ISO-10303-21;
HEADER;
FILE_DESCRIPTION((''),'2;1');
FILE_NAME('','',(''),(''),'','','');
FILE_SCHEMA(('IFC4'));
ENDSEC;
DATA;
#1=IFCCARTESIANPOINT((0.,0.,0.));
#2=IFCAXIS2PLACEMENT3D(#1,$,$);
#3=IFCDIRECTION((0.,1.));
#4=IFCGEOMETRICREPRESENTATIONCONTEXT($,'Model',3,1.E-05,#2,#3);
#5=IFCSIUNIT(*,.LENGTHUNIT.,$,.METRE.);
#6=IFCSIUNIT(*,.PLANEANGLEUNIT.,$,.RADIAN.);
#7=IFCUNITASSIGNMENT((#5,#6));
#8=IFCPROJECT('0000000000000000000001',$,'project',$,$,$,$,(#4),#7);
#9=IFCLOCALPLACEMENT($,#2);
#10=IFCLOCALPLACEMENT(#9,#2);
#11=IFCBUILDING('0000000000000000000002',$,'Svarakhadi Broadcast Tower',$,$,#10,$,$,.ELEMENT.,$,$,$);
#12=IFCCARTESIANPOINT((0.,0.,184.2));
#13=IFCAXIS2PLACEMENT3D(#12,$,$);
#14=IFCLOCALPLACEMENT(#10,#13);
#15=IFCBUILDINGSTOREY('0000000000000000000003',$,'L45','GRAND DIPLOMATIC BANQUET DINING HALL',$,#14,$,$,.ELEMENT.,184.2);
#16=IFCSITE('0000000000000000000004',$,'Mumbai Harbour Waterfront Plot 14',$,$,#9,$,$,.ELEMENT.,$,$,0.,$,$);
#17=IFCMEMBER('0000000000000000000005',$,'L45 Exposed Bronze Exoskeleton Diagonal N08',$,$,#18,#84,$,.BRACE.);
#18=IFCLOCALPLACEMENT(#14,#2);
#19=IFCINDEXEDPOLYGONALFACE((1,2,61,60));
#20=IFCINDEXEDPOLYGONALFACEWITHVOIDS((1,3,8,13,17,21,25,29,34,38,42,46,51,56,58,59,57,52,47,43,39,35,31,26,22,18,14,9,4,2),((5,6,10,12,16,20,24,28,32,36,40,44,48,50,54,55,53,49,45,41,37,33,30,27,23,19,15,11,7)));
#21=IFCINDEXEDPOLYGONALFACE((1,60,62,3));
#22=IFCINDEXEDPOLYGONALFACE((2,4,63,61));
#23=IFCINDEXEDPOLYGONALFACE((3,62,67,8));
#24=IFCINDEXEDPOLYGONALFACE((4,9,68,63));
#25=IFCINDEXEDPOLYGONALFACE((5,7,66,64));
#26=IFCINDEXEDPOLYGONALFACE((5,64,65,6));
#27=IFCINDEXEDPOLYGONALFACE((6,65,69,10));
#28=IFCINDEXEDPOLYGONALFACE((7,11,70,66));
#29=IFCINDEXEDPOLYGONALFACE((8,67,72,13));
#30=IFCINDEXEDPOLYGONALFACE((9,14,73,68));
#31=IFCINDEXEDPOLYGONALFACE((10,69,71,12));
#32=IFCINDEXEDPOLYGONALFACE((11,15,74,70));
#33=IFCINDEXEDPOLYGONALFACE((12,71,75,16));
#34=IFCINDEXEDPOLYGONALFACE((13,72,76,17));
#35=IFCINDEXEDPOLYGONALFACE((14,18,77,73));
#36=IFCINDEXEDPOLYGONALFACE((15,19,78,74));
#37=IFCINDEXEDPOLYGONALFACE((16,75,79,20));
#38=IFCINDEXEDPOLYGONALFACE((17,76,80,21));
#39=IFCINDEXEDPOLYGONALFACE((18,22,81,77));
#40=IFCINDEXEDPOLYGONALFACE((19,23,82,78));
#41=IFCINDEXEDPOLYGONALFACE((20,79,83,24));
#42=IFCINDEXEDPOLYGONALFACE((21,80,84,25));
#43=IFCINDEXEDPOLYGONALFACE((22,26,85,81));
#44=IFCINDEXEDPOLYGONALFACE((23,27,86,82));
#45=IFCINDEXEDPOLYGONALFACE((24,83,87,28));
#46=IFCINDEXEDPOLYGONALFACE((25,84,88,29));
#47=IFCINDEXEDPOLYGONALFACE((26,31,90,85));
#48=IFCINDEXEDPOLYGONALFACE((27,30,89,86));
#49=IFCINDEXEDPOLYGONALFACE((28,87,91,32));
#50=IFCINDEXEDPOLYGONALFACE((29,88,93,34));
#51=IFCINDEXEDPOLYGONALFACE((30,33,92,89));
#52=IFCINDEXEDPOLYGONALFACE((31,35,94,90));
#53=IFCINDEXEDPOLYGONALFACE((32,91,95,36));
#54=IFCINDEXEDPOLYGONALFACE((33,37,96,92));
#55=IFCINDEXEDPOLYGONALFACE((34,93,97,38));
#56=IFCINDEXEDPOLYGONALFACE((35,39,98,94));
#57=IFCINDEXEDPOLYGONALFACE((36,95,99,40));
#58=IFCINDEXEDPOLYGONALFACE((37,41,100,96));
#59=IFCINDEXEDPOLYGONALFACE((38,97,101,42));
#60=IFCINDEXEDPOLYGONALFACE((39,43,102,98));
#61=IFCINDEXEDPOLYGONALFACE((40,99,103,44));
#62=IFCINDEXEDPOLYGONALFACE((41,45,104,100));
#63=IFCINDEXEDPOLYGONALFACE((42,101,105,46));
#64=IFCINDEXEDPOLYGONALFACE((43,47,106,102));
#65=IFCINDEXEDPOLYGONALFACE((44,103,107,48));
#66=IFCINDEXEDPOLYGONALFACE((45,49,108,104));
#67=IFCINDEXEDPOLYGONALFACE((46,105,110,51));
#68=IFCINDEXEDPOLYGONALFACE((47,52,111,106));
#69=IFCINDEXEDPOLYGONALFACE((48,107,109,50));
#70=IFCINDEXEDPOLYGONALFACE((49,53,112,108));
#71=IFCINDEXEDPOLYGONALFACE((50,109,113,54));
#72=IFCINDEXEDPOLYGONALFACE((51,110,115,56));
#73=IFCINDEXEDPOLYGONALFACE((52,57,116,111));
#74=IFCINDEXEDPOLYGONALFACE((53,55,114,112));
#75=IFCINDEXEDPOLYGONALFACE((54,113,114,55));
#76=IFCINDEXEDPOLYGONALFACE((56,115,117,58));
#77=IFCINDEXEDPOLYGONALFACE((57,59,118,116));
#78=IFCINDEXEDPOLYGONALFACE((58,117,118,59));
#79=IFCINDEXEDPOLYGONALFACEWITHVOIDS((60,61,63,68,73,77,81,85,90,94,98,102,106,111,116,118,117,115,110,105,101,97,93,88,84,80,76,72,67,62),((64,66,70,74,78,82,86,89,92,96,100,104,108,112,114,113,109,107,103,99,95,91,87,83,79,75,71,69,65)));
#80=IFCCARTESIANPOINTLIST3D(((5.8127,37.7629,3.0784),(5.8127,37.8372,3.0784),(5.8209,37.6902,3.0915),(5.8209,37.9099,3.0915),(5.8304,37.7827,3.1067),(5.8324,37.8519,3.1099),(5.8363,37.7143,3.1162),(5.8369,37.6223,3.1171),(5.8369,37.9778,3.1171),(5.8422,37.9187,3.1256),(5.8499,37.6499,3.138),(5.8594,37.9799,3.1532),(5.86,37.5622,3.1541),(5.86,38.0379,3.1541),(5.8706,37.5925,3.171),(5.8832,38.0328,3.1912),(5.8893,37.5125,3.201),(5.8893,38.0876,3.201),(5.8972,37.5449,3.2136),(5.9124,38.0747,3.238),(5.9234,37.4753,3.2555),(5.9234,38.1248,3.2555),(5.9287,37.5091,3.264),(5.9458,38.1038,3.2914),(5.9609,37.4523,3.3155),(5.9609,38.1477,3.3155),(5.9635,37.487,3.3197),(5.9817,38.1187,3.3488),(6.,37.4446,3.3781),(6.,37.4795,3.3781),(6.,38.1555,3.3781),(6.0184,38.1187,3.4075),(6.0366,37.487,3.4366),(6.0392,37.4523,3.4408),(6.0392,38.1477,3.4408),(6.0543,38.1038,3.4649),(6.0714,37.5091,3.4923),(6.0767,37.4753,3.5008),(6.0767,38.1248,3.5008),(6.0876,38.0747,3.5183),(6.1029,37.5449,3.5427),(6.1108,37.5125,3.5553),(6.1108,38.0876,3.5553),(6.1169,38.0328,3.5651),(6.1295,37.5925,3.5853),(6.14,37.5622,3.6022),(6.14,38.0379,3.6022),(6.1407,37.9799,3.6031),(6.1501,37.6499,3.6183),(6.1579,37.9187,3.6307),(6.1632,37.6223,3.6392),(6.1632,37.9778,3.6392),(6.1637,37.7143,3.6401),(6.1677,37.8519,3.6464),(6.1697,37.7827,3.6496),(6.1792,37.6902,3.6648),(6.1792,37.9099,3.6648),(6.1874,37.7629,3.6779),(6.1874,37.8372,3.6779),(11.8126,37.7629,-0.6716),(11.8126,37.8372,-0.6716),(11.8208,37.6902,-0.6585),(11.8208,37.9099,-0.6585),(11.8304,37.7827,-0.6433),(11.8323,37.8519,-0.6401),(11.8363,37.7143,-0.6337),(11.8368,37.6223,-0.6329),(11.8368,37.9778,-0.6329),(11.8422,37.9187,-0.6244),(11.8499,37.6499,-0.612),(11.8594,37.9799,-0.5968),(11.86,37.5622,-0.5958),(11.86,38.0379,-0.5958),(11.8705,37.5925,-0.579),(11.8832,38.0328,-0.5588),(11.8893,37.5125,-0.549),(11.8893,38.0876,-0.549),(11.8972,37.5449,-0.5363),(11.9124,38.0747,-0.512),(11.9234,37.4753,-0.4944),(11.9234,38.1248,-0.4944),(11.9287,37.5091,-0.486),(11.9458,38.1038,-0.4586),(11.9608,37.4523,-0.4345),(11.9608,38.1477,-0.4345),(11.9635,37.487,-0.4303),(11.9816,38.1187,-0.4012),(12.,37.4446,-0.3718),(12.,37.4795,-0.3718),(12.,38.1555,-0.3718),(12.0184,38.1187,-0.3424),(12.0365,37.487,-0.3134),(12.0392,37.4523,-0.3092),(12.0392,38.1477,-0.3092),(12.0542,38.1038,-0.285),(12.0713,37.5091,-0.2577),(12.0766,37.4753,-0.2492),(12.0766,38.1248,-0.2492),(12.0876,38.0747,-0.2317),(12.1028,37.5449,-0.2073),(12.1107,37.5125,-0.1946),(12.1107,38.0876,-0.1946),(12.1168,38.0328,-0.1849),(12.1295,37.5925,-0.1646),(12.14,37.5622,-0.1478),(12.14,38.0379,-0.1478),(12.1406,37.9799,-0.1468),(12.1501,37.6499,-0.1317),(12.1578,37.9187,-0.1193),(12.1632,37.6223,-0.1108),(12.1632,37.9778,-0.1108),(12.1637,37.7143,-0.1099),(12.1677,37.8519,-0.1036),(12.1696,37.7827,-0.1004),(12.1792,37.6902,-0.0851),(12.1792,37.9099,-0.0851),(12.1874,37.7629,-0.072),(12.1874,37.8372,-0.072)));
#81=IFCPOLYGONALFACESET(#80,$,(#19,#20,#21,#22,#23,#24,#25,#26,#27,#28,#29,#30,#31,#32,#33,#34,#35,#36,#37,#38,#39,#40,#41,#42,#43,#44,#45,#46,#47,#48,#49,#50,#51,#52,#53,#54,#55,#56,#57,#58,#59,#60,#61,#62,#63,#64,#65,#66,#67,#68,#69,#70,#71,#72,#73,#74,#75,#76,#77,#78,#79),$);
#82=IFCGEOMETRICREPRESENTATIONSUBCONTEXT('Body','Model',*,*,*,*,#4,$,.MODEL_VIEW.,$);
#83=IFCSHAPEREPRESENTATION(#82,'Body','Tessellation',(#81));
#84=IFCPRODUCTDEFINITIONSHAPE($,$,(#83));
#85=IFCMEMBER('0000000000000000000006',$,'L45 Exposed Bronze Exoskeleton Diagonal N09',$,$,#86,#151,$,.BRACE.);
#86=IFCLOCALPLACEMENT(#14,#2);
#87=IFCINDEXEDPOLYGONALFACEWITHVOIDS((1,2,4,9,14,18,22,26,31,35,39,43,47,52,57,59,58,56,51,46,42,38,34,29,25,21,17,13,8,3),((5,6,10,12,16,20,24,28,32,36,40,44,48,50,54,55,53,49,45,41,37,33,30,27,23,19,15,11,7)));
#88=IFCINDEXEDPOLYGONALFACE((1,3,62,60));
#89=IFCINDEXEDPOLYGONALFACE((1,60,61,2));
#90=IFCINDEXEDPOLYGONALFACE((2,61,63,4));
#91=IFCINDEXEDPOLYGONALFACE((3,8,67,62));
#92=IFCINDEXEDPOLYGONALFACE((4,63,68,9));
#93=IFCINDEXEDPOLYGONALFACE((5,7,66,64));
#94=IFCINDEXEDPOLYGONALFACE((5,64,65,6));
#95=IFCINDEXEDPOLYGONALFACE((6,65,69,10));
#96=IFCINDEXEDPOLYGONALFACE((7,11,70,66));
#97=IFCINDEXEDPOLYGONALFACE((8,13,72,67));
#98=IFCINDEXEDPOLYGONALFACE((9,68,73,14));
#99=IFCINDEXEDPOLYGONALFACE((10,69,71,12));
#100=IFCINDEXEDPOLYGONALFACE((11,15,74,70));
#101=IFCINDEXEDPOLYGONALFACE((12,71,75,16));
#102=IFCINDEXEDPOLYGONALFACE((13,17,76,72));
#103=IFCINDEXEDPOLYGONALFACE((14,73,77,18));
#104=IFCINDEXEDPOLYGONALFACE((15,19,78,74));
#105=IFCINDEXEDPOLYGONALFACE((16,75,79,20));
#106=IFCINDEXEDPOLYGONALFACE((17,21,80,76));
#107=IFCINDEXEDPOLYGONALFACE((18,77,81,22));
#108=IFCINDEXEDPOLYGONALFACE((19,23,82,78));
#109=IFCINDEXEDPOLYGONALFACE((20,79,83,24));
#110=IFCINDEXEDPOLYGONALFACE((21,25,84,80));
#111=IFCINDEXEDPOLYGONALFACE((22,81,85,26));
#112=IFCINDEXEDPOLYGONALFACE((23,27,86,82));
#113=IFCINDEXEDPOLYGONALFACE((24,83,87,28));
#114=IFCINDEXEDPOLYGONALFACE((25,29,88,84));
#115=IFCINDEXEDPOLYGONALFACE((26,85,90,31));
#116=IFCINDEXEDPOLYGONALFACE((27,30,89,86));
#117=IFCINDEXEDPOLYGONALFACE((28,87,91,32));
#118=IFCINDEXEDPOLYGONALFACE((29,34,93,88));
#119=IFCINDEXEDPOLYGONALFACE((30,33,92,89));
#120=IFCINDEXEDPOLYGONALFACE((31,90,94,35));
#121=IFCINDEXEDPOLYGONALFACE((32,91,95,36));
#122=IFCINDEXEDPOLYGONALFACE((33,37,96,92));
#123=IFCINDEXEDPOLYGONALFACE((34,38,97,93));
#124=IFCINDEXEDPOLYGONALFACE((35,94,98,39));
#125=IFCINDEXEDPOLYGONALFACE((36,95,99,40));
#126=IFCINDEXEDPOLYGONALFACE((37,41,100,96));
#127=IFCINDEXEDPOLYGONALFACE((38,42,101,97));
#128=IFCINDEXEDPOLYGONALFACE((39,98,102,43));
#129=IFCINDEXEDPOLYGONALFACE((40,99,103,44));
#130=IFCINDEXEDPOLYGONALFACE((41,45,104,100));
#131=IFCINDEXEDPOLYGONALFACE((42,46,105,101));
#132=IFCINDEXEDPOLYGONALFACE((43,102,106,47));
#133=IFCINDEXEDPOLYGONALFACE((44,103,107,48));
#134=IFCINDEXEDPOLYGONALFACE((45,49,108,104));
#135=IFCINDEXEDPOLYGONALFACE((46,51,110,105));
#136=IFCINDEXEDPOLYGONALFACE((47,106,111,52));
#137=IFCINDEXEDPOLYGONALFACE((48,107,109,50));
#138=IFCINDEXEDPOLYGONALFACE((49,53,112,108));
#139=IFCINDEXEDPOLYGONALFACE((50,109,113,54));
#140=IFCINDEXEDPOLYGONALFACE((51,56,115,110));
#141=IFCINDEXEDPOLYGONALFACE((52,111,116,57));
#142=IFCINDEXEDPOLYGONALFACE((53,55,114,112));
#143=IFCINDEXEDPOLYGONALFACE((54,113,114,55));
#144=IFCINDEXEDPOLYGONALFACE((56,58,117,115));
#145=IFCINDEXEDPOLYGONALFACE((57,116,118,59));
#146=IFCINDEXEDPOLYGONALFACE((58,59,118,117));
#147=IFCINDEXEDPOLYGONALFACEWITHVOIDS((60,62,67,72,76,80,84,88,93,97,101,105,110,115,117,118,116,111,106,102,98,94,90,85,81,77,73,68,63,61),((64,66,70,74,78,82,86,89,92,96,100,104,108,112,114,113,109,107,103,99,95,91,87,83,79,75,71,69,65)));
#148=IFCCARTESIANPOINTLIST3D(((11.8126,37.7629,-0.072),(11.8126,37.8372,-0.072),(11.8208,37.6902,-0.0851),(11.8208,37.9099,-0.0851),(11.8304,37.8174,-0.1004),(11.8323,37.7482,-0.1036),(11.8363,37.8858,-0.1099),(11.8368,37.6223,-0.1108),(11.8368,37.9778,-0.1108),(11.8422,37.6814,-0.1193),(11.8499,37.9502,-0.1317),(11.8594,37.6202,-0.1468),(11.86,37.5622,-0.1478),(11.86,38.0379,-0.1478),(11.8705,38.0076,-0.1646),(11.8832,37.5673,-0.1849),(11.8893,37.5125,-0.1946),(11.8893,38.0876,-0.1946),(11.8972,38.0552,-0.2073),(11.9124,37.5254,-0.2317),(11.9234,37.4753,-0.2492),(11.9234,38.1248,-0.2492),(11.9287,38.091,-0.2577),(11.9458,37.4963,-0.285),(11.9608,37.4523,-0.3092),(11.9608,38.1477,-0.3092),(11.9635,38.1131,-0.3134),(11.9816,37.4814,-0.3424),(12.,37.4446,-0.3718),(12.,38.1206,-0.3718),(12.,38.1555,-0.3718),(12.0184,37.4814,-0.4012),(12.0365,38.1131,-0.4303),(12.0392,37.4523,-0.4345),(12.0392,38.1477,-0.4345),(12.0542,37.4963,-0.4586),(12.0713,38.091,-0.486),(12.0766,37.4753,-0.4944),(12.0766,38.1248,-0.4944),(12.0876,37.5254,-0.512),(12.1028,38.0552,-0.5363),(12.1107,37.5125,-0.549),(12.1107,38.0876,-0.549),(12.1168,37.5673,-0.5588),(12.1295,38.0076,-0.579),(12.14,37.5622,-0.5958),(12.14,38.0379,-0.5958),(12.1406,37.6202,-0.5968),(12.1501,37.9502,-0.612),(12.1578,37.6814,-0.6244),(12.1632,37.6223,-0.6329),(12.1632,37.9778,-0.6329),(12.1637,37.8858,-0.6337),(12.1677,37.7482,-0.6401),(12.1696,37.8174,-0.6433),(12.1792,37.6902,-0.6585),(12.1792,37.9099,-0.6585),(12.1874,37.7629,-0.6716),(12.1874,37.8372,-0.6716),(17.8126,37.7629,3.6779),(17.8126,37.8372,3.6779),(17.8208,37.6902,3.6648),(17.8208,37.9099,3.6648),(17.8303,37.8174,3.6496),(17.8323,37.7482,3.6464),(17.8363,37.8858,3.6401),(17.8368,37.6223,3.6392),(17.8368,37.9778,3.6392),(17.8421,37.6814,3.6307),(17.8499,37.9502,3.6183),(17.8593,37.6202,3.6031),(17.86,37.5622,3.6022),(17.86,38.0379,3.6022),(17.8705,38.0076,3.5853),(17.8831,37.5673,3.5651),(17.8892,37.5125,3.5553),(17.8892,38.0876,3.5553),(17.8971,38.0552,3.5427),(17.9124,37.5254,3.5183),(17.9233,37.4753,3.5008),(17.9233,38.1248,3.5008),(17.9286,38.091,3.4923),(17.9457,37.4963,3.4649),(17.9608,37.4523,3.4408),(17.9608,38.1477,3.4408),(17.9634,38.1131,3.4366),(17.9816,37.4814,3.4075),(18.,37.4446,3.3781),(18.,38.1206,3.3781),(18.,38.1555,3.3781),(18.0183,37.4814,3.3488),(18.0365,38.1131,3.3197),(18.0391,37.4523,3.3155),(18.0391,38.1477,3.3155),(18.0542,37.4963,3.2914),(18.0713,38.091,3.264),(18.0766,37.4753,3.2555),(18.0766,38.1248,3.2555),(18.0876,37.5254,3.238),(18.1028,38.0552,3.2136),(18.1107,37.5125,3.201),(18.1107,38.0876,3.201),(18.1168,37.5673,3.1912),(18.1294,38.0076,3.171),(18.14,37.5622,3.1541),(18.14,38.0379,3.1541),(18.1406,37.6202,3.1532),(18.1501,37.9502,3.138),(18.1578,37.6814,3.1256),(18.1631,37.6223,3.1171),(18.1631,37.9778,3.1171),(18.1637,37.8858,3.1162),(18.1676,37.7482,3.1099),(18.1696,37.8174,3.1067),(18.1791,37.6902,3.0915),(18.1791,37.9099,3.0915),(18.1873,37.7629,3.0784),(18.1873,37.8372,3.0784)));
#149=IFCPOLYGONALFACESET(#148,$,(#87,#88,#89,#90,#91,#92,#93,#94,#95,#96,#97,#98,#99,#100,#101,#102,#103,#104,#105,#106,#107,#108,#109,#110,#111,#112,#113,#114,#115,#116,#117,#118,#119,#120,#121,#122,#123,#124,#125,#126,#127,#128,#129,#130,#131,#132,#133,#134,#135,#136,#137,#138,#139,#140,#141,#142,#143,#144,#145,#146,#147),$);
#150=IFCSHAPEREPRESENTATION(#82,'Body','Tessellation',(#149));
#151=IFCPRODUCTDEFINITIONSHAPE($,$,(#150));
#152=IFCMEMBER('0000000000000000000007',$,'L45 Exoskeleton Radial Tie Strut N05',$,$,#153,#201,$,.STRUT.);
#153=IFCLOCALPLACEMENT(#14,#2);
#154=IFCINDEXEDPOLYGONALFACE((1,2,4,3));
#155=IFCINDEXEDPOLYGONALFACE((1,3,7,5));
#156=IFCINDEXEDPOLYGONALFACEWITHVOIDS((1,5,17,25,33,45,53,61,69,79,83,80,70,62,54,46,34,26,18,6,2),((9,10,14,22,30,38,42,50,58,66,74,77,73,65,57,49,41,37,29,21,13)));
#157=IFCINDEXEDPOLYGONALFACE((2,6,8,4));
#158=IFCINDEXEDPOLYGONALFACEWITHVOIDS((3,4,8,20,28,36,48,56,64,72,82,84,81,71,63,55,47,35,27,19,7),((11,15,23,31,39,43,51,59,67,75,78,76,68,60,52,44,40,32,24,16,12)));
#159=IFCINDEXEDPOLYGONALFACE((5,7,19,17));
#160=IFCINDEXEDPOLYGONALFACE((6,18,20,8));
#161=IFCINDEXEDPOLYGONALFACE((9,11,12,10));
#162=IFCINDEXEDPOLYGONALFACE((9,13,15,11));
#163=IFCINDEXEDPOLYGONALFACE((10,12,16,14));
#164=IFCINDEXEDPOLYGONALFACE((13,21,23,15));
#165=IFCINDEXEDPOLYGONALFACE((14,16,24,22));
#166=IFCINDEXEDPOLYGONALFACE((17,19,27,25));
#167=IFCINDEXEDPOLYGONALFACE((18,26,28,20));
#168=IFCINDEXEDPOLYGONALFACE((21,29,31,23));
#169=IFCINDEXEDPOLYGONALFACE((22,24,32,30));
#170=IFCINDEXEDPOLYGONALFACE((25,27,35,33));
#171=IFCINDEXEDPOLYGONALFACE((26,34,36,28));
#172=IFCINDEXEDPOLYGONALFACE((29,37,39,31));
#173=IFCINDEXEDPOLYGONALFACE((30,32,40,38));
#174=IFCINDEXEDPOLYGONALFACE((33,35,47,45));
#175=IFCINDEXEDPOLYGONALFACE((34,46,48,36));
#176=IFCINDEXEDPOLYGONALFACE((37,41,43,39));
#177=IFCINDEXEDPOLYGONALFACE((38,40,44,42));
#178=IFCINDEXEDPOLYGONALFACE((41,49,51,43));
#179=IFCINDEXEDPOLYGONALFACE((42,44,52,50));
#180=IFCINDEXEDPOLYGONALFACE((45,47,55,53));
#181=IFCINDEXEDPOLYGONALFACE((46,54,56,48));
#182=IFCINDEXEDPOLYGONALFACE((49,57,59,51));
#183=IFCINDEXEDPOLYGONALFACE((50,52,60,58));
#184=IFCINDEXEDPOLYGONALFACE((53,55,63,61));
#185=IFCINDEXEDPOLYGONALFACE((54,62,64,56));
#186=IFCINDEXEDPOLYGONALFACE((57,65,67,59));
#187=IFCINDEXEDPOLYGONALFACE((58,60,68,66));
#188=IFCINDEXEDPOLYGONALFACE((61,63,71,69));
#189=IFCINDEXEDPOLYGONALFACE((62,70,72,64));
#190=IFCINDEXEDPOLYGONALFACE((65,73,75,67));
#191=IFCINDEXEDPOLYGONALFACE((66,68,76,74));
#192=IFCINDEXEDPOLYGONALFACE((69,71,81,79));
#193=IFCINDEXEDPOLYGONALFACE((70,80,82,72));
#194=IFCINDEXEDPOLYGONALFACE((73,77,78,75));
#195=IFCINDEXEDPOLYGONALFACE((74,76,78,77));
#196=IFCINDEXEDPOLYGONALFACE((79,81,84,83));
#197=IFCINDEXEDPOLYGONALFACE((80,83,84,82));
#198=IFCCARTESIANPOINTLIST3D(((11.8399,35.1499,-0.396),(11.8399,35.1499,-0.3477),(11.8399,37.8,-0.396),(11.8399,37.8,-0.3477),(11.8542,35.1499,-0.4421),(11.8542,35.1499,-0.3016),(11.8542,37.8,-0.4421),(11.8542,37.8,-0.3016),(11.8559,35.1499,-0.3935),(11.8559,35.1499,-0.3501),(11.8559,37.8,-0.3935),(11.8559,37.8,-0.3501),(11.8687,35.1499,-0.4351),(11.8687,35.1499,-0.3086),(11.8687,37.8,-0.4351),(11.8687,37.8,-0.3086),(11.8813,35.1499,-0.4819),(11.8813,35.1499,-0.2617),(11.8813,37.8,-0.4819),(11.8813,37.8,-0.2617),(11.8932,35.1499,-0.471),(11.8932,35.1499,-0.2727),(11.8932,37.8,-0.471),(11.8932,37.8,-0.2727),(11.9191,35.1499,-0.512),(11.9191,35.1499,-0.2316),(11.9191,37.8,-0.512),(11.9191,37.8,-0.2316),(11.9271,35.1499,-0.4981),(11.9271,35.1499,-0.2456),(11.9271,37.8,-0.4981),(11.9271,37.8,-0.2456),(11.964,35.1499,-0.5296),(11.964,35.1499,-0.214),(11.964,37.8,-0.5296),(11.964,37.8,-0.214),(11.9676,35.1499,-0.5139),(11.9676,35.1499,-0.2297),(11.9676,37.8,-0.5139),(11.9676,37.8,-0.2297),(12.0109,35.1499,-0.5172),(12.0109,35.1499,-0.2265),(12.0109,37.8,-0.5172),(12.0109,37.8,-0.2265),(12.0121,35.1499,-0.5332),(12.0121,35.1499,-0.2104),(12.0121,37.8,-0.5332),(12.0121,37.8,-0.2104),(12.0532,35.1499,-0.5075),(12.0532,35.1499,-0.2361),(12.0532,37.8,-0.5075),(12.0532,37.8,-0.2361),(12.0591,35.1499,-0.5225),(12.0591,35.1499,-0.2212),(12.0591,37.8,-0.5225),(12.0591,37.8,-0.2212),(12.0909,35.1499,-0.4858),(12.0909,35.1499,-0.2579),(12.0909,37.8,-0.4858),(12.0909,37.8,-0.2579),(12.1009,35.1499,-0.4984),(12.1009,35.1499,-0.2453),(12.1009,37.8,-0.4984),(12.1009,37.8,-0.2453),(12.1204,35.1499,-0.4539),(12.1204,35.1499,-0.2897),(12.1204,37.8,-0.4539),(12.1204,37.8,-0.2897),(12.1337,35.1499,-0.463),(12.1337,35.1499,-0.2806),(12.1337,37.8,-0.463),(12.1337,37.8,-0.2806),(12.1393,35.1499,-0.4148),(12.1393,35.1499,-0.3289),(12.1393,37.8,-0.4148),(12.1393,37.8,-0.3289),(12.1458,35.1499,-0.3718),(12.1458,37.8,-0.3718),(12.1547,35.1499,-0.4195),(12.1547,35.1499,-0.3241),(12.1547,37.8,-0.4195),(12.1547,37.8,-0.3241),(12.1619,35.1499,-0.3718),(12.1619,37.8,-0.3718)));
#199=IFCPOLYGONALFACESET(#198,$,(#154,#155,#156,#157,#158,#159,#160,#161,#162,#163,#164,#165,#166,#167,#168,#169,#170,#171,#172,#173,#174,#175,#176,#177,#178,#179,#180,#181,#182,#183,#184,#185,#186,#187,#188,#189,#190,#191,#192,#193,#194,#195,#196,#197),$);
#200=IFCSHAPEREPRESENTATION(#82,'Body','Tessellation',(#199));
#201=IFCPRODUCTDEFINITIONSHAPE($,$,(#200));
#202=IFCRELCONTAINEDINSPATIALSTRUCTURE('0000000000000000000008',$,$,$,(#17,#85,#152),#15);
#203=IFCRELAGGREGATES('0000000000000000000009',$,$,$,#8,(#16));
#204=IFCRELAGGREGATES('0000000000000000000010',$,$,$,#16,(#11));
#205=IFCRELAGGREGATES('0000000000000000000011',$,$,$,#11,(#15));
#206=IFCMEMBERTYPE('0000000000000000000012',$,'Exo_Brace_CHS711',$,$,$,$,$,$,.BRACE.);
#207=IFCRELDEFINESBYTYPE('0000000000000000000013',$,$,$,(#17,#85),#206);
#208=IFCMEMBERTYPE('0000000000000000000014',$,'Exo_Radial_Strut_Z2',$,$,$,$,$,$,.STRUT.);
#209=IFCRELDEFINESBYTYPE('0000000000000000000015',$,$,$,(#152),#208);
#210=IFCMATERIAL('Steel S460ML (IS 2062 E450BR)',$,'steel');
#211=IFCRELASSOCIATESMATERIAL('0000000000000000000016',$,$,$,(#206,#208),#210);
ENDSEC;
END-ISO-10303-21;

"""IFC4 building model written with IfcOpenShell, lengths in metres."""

from ifc_helpers import new_model, si_unit, direction, frame, origin, origin_2d, place, context, subcontext, project, spatial, hollow_circle, extrude, material, material_profile, profile_set, type_object, element, save


model = new_model("IFC4")

# Units and contexts
model_context = context("Model", 3, precision=1e-05, world=origin(), true_north=direction((0.0, 1.0)))
body_context = subcontext(model_context, "Body", "Model", "MODEL_VIEW")
ifc_project = project(units=[si_unit("LENGTHUNIT", "METRE"), si_unit("PLANEANGLEUNIT", "RADIAN")], contexts=[model_context])

# Site, building, storey
site_placement = place(None, origin())
site = spatial("IfcSite", under=ifc_project, at=site_placement, Name="Mumbai Harbour Waterfront Plot 14", CompositionType="ELEMENT", RefElevation=0.0)
building_placement = place(site_placement, origin())
building = spatial("IfcBuilding", under=site, at=building_placement, Name="Svarakhadi Broadcast Tower", CompositionType="ELEMENT")
storey_placement = place(building_placement, frame((0.0, 0.0, 184.2)))
storey = spatial("IfcBuildingStorey", under=building, at=storey_placement, Name="L45", Description="GRAND DIPLOMATIC BANQUET DINING HALL", CompositionType="ELEMENT", Elevation=184.2)

# Shared definitions
ifc_material_1 = material(Name="Steel S460ML (IS 2062 E450BR)", Category="steel")

# Members
ifc_material_profile_1 = material_profile(ifc_material_1, hollow_circle(Radius=0.3555, WallThickness=0.0349, at=origin_2d()), Name="CHS 711x35")
ifc_profile_set_1 = profile_set([ifc_material_profile_1], Name="Steel S460ML (IS 2062 E450BR)")
member_type_1 = type_object("IfcMemberType", Name="Exo_Brace_CHS711", PredefinedType="BRACE", material=ifc_profile_set_1)
for number, where, z_axis, x_axis, name in (
    (1, (12.0, 37.8, -0.3718), (-0.847998, 0.0, 0.529999), (0.0, -1.0, 0.0), "L45 Exposed Bronze Exoskeleton Diagonal N08"),
    (2, (12.0, 37.8, -0.3718), (0.847998, 0.0, 0.529999), (0.0, 1.0, 0.0), "L45 Exposed Bronze Exoskeleton Diagonal N09"),
):
    element("IfcMember", number, at=place(storey_placement, frame(where, z_axis=z_axis, x_axis=x_axis)), inside=storey, type_object=member_type_1, Name=name, PredefinedType="BRACE", context=body_context, shape_type="SweptSolid", body=[
        extrude(hollow_circle(Radius=0.3555, WallThickness=0.0349, at=origin_2d()), origin(), (0.0, 0.0, 1.0), 7.0754),
    ])
ifc_material_profile_2 = material_profile(ifc_material_1, hollow_circle(Radius=0.1619, WallThickness=0.0161, at=origin_2d()), Name="CHS 323.9x16")
ifc_profile_set_2 = profile_set([ifc_material_profile_2], Name="Steel S460ML (IS 2062 E450BR)")
member_type_2 = type_object("IfcMemberType", Name="Exo_Radial_Strut_Z2", PredefinedType="STRUT", material=ifc_profile_set_2)
member_1_placement = place(storey_placement, frame((12.0, 37.8, -0.3718), z_axis=(0.0, -1.0, 0.0), x_axis=(1.0, 0.0, 0.0)))
element("IfcMember", 3, at=member_1_placement, inside=storey, type_object=member_type_2, Name="L45 Exoskeleton Radial Tie Strut N05", PredefinedType="STRUT", context=body_context, shape_type="SweptSolid", body=[
    extrude(hollow_circle(Radius=0.1619, WallThickness=0.0161, at=origin_2d()), origin(), (0.0, 0.0, 1.0), 2.6501),
])

save(model, "model.ifc")
